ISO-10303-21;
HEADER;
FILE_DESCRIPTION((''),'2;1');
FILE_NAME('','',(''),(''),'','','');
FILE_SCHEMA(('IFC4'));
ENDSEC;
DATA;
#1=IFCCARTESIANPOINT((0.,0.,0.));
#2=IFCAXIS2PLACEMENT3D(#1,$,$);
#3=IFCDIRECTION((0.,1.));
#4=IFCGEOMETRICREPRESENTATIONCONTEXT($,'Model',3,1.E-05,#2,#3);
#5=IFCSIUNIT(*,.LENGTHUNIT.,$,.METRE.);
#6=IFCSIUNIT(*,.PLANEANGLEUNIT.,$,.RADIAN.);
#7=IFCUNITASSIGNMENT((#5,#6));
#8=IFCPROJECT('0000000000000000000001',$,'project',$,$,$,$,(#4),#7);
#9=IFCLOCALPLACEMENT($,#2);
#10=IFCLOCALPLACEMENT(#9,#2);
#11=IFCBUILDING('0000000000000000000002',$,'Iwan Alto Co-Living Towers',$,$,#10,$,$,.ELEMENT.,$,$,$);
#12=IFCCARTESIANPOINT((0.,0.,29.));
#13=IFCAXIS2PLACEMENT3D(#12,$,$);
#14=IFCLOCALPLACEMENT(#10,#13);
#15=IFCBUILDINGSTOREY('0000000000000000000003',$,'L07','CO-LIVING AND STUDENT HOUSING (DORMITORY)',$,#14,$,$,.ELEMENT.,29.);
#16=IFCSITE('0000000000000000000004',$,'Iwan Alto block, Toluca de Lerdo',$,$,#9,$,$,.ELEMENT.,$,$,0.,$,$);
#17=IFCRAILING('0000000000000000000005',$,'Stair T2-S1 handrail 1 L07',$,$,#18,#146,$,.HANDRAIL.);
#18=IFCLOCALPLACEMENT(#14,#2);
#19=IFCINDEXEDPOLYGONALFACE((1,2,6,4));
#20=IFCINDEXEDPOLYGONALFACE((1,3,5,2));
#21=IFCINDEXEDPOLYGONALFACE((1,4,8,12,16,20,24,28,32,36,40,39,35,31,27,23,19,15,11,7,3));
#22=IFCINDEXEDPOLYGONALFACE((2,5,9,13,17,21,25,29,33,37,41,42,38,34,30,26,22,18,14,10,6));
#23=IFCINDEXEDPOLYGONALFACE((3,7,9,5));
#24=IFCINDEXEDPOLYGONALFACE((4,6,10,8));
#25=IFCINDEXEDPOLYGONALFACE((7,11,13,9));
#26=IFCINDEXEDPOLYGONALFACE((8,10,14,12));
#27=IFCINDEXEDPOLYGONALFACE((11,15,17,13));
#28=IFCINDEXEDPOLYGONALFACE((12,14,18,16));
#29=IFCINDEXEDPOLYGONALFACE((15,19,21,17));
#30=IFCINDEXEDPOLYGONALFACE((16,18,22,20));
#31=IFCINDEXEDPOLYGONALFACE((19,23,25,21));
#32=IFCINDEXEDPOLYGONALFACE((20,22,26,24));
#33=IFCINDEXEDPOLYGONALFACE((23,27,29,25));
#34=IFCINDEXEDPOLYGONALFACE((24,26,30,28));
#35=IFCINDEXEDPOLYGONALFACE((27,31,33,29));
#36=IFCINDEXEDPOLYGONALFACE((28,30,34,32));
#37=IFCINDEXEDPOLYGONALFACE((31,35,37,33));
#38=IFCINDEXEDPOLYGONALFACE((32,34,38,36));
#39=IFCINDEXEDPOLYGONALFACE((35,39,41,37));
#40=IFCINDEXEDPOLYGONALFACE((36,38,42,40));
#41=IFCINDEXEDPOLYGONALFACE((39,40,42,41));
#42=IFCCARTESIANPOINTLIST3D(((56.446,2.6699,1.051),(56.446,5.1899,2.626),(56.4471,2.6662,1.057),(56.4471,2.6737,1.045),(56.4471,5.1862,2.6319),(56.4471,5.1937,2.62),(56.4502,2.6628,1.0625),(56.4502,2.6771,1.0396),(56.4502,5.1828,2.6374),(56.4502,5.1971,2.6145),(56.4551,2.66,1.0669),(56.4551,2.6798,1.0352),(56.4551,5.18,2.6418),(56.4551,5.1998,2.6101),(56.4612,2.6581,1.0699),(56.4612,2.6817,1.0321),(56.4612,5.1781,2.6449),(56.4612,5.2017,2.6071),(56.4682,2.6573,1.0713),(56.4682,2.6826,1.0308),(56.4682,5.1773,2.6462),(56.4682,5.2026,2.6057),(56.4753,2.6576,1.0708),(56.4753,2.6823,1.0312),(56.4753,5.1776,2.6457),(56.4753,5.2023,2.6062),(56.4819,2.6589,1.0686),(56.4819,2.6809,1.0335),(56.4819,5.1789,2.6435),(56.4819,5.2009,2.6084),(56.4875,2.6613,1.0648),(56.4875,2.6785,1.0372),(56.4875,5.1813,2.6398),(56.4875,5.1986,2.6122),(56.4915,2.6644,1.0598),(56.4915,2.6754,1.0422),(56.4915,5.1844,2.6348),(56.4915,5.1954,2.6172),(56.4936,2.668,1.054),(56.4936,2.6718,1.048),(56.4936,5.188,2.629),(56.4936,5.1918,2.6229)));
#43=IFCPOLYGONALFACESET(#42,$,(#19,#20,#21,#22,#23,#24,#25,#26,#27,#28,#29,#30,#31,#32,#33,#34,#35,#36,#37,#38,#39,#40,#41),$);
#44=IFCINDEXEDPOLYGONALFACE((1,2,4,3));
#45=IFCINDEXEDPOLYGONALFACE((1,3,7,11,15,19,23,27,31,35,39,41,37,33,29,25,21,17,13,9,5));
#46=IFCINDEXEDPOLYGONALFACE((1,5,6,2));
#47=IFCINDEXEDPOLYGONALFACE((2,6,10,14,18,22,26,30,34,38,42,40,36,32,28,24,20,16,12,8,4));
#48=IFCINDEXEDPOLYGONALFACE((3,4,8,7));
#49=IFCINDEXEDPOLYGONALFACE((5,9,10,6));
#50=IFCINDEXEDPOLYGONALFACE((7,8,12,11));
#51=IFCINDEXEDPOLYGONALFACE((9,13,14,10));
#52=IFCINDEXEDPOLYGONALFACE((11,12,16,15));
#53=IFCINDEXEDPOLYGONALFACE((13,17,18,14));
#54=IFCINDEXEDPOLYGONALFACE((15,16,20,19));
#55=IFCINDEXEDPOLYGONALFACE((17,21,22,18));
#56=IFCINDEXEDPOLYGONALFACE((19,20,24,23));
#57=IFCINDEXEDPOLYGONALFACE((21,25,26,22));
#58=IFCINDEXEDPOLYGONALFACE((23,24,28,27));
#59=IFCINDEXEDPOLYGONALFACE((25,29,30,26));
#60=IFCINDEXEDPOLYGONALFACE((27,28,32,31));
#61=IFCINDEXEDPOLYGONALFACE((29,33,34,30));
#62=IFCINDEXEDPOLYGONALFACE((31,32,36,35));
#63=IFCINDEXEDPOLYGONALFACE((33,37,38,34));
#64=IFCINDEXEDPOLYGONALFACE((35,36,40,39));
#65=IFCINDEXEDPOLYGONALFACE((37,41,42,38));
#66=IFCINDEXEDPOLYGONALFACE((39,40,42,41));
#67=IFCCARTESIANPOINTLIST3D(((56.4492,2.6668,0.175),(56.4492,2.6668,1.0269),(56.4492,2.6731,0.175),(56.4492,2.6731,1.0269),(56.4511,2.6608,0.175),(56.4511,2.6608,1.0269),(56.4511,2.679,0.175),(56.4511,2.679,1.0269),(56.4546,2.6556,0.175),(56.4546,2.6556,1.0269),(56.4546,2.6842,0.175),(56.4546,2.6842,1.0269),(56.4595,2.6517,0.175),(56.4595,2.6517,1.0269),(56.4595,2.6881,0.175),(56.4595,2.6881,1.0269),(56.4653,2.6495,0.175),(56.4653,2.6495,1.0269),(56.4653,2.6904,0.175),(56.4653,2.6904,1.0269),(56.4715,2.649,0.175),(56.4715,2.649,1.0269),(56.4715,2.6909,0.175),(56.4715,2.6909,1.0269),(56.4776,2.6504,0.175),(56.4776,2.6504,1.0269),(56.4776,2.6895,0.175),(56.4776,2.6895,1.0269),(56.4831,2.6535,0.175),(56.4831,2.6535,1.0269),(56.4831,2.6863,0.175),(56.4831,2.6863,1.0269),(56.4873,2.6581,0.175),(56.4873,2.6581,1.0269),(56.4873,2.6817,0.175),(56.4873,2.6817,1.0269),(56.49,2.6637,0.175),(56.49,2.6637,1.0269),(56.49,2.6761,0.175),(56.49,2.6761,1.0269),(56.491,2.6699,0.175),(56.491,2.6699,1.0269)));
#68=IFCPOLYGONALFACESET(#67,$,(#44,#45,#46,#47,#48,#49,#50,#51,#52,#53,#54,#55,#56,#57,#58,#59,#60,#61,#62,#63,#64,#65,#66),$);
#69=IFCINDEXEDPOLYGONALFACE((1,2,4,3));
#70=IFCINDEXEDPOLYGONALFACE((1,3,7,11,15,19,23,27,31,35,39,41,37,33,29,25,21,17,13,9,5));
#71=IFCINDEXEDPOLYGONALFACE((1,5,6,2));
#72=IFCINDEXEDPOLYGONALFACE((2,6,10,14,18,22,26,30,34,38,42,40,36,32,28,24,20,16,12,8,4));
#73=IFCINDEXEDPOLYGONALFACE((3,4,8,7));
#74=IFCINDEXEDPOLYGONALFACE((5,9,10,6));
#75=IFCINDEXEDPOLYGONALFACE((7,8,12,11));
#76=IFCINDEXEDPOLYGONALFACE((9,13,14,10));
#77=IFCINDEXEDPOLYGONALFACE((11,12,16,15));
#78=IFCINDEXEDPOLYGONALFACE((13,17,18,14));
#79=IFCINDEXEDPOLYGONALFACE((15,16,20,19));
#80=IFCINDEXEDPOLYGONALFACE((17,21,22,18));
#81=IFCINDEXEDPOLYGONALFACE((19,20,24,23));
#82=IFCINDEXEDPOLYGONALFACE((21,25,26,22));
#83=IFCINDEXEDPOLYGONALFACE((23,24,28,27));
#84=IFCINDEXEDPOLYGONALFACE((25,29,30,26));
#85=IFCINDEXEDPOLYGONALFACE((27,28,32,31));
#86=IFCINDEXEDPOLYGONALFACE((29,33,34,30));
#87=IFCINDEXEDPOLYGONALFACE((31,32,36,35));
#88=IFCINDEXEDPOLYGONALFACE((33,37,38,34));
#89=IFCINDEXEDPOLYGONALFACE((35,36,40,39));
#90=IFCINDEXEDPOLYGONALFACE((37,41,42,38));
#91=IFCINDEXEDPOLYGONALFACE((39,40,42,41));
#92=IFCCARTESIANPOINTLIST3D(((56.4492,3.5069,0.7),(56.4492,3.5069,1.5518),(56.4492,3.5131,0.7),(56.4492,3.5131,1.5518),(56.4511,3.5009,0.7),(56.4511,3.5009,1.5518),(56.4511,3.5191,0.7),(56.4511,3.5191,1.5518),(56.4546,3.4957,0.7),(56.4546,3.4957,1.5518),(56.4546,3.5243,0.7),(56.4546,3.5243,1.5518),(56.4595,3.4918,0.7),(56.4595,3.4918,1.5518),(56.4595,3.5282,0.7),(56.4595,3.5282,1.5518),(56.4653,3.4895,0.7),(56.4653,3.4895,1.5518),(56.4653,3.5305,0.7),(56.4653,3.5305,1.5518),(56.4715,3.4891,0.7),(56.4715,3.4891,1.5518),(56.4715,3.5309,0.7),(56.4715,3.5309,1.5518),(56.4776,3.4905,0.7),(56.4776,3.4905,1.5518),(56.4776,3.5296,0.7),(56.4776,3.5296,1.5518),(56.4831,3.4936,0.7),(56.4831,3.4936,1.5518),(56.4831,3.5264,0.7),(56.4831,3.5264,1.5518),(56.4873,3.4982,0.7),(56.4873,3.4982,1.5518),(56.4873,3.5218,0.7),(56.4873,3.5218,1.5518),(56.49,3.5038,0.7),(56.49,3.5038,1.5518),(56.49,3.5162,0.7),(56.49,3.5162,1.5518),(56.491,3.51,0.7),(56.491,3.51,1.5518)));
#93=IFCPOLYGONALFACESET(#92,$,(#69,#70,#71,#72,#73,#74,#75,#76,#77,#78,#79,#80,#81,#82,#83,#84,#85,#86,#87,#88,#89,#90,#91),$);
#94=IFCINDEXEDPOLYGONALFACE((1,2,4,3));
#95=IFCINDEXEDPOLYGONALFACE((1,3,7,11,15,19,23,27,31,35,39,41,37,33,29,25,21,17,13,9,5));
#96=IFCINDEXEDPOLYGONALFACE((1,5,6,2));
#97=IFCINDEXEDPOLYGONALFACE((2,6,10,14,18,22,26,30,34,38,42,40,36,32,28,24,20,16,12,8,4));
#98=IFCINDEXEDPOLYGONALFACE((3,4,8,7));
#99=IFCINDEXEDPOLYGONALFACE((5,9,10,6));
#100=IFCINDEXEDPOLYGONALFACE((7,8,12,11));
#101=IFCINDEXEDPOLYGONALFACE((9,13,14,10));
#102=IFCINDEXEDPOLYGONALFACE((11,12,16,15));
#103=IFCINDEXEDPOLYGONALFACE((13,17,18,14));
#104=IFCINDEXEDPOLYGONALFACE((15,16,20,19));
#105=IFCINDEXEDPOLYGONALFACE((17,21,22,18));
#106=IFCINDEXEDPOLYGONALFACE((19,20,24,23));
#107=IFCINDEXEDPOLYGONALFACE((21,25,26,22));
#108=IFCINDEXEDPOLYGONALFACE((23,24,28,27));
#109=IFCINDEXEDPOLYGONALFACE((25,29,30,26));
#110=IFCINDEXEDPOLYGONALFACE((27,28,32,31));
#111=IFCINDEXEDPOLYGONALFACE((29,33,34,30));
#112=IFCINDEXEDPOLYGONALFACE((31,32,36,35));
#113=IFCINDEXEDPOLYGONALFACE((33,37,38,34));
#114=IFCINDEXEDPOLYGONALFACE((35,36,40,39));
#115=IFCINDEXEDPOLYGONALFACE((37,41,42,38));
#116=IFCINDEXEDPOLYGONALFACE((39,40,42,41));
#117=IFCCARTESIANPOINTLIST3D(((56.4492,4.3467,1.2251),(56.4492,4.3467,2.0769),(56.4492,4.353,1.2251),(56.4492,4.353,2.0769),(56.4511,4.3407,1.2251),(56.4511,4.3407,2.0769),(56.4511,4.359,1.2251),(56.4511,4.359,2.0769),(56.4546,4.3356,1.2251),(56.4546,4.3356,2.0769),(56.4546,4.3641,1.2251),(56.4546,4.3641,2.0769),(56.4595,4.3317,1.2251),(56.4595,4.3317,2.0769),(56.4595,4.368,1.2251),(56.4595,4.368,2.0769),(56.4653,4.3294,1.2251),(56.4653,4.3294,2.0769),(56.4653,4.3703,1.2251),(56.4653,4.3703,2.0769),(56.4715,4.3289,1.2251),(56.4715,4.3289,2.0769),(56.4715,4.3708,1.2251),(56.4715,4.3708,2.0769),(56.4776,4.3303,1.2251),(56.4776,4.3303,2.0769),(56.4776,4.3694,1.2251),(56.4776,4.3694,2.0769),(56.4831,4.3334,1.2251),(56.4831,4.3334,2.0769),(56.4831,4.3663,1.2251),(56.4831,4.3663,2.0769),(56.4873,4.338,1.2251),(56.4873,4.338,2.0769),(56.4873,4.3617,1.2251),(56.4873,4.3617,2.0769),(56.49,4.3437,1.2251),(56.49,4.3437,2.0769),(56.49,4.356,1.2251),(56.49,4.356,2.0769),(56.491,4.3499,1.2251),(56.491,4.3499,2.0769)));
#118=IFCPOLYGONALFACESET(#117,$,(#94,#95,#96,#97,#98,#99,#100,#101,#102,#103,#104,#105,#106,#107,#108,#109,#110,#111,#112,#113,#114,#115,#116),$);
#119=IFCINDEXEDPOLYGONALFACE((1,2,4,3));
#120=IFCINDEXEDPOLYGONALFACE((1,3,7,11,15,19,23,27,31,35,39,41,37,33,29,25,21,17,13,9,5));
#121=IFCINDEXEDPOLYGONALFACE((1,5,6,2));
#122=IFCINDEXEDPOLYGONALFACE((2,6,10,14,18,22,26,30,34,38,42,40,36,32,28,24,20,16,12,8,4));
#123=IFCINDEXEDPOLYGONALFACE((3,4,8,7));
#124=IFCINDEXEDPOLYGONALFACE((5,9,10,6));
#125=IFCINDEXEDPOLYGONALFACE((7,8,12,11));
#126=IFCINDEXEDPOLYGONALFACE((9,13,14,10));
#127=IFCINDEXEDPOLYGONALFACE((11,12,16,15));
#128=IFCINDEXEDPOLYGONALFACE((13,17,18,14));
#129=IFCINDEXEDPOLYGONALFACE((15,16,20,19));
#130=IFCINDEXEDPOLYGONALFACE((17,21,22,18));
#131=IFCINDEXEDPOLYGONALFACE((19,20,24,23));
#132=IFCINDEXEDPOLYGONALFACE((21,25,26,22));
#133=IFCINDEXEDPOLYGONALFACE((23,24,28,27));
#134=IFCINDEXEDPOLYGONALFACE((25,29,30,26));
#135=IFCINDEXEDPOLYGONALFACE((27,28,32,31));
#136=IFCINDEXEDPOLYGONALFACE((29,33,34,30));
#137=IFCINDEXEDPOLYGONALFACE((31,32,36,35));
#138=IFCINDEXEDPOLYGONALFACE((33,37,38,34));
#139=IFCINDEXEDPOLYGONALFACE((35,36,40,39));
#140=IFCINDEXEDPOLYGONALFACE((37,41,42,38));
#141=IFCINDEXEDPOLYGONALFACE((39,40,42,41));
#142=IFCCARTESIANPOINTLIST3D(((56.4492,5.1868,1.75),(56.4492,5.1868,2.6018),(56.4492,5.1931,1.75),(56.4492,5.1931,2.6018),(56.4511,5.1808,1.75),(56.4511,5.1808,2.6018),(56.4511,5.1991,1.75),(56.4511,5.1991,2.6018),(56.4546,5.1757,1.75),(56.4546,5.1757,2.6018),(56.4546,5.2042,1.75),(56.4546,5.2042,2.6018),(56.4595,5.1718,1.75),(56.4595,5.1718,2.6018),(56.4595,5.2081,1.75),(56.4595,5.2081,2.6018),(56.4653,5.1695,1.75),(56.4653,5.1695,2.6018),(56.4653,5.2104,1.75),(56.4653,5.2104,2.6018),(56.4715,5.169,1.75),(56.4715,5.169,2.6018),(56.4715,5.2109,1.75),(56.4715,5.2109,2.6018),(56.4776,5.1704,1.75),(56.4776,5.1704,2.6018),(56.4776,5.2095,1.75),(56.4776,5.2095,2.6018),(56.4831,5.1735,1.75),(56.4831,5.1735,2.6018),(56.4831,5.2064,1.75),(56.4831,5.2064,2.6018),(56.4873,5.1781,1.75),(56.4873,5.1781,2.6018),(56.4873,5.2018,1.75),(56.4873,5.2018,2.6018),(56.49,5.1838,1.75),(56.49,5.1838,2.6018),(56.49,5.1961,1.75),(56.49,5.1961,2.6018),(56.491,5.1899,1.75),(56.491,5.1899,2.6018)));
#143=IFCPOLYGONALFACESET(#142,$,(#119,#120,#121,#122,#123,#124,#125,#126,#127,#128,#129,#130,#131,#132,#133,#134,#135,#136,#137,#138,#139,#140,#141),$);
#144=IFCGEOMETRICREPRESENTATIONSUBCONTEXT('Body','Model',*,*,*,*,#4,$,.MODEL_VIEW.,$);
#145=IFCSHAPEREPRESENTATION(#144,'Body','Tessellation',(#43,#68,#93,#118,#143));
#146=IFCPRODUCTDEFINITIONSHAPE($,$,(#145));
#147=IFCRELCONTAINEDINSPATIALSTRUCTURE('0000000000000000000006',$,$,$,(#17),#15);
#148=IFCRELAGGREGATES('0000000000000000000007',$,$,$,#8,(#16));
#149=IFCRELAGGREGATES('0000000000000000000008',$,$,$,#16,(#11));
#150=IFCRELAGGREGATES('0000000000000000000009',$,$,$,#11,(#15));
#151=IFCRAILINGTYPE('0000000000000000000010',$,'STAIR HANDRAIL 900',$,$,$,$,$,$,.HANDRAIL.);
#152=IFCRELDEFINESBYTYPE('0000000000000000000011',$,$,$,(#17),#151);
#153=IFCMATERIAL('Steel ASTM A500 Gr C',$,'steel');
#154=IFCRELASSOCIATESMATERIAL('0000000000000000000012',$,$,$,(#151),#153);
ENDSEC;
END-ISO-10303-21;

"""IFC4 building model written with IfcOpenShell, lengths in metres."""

from ifc_helpers import new_model, si_unit, direction, frame, origin, origin_2d, place, context, subcontext, project, spatial, circle, extrude, material, type_object, element, save


model = new_model("IFC4")

# Units and contexts
model_context = context("Model", 3, precision=1e-05, world=origin(), true_north=direction((0.0, 1.0)))
body_context = subcontext(model_context, "Body", "Model", "MODEL_VIEW")
ifc_project = project(units=[si_unit("LENGTHUNIT", "METRE"), si_unit("PLANEANGLEUNIT", "RADIAN")], contexts=[model_context])

# Site, building, storey
site_placement = place(None, origin())
site = spatial("IfcSite", under=ifc_project, at=site_placement, Name="Iwan Alto block, Toluca de Lerdo", CompositionType="ELEMENT", RefElevation=0.0)
building_placement = place(site_placement, origin())
building = spatial("IfcBuilding", under=site, at=building_placement, Name="Iwan Alto Co-Living Towers", CompositionType="ELEMENT")
storey_placement = place(building_placement, frame((0.0, 0.0, 29.0)))
storey = spatial("IfcBuildingStorey", under=building, at=storey_placement, Name="L07", Description="CO-LIVING AND STUDENT HOUSING (DORMITORY)", CompositionType="ELEMENT", Elevation=29.0)

# Railing
ifc_material_1 = material(Name="Steel ASTM A500 Gr C", Category="steel")
railing_type_1 = type_object("IfcRailingType", Name="STAIR HANDRAIL 900", PredefinedType="HANDRAIL", material=ifc_material_1)
railing_1_placement = place(storey_placement, frame((56.47, 2.6699, 0.175)))
element("IfcRailing", 1, at=railing_1_placement, inside=storey, type_object=railing_type_1, Name="Stair T2-S1 handrail 1 L07", PredefinedType="HANDRAIL", context=body_context, shape_type="SweptSolid", body=[
    extrude(circle(Radius=0.0239, at=origin_2d()), frame((0.0, 0.0, 0.876), z_axis=(0.0, 0.848008, 0.529984), x_axis=(-1.0, 0.0, 0.0)), (0.0, 0.0, 1.0), 2.9717),
    extrude(circle(Radius=0.021, at=origin_2d()), origin(), (0.0, 0.0, 1.0), 0.8518),
    extrude(circle(Radius=0.021, at=origin_2d()), frame((0.0, 0.8401, 0.5249)), (0.0, 0.0, 1.0), 0.8518),
    extrude(circle(Radius=0.021, at=origin_2d()), frame((0.0, 1.6799, 1.05)), (0.0, 0.0, 1.0), 0.8518),
    extrude(circle(Radius=0.021, at=origin_2d()), frame((0.0, 2.52, 1.575)), (0.0, 0.0, 1.0), 0.8518),
])

save(model, "model.ifc")
